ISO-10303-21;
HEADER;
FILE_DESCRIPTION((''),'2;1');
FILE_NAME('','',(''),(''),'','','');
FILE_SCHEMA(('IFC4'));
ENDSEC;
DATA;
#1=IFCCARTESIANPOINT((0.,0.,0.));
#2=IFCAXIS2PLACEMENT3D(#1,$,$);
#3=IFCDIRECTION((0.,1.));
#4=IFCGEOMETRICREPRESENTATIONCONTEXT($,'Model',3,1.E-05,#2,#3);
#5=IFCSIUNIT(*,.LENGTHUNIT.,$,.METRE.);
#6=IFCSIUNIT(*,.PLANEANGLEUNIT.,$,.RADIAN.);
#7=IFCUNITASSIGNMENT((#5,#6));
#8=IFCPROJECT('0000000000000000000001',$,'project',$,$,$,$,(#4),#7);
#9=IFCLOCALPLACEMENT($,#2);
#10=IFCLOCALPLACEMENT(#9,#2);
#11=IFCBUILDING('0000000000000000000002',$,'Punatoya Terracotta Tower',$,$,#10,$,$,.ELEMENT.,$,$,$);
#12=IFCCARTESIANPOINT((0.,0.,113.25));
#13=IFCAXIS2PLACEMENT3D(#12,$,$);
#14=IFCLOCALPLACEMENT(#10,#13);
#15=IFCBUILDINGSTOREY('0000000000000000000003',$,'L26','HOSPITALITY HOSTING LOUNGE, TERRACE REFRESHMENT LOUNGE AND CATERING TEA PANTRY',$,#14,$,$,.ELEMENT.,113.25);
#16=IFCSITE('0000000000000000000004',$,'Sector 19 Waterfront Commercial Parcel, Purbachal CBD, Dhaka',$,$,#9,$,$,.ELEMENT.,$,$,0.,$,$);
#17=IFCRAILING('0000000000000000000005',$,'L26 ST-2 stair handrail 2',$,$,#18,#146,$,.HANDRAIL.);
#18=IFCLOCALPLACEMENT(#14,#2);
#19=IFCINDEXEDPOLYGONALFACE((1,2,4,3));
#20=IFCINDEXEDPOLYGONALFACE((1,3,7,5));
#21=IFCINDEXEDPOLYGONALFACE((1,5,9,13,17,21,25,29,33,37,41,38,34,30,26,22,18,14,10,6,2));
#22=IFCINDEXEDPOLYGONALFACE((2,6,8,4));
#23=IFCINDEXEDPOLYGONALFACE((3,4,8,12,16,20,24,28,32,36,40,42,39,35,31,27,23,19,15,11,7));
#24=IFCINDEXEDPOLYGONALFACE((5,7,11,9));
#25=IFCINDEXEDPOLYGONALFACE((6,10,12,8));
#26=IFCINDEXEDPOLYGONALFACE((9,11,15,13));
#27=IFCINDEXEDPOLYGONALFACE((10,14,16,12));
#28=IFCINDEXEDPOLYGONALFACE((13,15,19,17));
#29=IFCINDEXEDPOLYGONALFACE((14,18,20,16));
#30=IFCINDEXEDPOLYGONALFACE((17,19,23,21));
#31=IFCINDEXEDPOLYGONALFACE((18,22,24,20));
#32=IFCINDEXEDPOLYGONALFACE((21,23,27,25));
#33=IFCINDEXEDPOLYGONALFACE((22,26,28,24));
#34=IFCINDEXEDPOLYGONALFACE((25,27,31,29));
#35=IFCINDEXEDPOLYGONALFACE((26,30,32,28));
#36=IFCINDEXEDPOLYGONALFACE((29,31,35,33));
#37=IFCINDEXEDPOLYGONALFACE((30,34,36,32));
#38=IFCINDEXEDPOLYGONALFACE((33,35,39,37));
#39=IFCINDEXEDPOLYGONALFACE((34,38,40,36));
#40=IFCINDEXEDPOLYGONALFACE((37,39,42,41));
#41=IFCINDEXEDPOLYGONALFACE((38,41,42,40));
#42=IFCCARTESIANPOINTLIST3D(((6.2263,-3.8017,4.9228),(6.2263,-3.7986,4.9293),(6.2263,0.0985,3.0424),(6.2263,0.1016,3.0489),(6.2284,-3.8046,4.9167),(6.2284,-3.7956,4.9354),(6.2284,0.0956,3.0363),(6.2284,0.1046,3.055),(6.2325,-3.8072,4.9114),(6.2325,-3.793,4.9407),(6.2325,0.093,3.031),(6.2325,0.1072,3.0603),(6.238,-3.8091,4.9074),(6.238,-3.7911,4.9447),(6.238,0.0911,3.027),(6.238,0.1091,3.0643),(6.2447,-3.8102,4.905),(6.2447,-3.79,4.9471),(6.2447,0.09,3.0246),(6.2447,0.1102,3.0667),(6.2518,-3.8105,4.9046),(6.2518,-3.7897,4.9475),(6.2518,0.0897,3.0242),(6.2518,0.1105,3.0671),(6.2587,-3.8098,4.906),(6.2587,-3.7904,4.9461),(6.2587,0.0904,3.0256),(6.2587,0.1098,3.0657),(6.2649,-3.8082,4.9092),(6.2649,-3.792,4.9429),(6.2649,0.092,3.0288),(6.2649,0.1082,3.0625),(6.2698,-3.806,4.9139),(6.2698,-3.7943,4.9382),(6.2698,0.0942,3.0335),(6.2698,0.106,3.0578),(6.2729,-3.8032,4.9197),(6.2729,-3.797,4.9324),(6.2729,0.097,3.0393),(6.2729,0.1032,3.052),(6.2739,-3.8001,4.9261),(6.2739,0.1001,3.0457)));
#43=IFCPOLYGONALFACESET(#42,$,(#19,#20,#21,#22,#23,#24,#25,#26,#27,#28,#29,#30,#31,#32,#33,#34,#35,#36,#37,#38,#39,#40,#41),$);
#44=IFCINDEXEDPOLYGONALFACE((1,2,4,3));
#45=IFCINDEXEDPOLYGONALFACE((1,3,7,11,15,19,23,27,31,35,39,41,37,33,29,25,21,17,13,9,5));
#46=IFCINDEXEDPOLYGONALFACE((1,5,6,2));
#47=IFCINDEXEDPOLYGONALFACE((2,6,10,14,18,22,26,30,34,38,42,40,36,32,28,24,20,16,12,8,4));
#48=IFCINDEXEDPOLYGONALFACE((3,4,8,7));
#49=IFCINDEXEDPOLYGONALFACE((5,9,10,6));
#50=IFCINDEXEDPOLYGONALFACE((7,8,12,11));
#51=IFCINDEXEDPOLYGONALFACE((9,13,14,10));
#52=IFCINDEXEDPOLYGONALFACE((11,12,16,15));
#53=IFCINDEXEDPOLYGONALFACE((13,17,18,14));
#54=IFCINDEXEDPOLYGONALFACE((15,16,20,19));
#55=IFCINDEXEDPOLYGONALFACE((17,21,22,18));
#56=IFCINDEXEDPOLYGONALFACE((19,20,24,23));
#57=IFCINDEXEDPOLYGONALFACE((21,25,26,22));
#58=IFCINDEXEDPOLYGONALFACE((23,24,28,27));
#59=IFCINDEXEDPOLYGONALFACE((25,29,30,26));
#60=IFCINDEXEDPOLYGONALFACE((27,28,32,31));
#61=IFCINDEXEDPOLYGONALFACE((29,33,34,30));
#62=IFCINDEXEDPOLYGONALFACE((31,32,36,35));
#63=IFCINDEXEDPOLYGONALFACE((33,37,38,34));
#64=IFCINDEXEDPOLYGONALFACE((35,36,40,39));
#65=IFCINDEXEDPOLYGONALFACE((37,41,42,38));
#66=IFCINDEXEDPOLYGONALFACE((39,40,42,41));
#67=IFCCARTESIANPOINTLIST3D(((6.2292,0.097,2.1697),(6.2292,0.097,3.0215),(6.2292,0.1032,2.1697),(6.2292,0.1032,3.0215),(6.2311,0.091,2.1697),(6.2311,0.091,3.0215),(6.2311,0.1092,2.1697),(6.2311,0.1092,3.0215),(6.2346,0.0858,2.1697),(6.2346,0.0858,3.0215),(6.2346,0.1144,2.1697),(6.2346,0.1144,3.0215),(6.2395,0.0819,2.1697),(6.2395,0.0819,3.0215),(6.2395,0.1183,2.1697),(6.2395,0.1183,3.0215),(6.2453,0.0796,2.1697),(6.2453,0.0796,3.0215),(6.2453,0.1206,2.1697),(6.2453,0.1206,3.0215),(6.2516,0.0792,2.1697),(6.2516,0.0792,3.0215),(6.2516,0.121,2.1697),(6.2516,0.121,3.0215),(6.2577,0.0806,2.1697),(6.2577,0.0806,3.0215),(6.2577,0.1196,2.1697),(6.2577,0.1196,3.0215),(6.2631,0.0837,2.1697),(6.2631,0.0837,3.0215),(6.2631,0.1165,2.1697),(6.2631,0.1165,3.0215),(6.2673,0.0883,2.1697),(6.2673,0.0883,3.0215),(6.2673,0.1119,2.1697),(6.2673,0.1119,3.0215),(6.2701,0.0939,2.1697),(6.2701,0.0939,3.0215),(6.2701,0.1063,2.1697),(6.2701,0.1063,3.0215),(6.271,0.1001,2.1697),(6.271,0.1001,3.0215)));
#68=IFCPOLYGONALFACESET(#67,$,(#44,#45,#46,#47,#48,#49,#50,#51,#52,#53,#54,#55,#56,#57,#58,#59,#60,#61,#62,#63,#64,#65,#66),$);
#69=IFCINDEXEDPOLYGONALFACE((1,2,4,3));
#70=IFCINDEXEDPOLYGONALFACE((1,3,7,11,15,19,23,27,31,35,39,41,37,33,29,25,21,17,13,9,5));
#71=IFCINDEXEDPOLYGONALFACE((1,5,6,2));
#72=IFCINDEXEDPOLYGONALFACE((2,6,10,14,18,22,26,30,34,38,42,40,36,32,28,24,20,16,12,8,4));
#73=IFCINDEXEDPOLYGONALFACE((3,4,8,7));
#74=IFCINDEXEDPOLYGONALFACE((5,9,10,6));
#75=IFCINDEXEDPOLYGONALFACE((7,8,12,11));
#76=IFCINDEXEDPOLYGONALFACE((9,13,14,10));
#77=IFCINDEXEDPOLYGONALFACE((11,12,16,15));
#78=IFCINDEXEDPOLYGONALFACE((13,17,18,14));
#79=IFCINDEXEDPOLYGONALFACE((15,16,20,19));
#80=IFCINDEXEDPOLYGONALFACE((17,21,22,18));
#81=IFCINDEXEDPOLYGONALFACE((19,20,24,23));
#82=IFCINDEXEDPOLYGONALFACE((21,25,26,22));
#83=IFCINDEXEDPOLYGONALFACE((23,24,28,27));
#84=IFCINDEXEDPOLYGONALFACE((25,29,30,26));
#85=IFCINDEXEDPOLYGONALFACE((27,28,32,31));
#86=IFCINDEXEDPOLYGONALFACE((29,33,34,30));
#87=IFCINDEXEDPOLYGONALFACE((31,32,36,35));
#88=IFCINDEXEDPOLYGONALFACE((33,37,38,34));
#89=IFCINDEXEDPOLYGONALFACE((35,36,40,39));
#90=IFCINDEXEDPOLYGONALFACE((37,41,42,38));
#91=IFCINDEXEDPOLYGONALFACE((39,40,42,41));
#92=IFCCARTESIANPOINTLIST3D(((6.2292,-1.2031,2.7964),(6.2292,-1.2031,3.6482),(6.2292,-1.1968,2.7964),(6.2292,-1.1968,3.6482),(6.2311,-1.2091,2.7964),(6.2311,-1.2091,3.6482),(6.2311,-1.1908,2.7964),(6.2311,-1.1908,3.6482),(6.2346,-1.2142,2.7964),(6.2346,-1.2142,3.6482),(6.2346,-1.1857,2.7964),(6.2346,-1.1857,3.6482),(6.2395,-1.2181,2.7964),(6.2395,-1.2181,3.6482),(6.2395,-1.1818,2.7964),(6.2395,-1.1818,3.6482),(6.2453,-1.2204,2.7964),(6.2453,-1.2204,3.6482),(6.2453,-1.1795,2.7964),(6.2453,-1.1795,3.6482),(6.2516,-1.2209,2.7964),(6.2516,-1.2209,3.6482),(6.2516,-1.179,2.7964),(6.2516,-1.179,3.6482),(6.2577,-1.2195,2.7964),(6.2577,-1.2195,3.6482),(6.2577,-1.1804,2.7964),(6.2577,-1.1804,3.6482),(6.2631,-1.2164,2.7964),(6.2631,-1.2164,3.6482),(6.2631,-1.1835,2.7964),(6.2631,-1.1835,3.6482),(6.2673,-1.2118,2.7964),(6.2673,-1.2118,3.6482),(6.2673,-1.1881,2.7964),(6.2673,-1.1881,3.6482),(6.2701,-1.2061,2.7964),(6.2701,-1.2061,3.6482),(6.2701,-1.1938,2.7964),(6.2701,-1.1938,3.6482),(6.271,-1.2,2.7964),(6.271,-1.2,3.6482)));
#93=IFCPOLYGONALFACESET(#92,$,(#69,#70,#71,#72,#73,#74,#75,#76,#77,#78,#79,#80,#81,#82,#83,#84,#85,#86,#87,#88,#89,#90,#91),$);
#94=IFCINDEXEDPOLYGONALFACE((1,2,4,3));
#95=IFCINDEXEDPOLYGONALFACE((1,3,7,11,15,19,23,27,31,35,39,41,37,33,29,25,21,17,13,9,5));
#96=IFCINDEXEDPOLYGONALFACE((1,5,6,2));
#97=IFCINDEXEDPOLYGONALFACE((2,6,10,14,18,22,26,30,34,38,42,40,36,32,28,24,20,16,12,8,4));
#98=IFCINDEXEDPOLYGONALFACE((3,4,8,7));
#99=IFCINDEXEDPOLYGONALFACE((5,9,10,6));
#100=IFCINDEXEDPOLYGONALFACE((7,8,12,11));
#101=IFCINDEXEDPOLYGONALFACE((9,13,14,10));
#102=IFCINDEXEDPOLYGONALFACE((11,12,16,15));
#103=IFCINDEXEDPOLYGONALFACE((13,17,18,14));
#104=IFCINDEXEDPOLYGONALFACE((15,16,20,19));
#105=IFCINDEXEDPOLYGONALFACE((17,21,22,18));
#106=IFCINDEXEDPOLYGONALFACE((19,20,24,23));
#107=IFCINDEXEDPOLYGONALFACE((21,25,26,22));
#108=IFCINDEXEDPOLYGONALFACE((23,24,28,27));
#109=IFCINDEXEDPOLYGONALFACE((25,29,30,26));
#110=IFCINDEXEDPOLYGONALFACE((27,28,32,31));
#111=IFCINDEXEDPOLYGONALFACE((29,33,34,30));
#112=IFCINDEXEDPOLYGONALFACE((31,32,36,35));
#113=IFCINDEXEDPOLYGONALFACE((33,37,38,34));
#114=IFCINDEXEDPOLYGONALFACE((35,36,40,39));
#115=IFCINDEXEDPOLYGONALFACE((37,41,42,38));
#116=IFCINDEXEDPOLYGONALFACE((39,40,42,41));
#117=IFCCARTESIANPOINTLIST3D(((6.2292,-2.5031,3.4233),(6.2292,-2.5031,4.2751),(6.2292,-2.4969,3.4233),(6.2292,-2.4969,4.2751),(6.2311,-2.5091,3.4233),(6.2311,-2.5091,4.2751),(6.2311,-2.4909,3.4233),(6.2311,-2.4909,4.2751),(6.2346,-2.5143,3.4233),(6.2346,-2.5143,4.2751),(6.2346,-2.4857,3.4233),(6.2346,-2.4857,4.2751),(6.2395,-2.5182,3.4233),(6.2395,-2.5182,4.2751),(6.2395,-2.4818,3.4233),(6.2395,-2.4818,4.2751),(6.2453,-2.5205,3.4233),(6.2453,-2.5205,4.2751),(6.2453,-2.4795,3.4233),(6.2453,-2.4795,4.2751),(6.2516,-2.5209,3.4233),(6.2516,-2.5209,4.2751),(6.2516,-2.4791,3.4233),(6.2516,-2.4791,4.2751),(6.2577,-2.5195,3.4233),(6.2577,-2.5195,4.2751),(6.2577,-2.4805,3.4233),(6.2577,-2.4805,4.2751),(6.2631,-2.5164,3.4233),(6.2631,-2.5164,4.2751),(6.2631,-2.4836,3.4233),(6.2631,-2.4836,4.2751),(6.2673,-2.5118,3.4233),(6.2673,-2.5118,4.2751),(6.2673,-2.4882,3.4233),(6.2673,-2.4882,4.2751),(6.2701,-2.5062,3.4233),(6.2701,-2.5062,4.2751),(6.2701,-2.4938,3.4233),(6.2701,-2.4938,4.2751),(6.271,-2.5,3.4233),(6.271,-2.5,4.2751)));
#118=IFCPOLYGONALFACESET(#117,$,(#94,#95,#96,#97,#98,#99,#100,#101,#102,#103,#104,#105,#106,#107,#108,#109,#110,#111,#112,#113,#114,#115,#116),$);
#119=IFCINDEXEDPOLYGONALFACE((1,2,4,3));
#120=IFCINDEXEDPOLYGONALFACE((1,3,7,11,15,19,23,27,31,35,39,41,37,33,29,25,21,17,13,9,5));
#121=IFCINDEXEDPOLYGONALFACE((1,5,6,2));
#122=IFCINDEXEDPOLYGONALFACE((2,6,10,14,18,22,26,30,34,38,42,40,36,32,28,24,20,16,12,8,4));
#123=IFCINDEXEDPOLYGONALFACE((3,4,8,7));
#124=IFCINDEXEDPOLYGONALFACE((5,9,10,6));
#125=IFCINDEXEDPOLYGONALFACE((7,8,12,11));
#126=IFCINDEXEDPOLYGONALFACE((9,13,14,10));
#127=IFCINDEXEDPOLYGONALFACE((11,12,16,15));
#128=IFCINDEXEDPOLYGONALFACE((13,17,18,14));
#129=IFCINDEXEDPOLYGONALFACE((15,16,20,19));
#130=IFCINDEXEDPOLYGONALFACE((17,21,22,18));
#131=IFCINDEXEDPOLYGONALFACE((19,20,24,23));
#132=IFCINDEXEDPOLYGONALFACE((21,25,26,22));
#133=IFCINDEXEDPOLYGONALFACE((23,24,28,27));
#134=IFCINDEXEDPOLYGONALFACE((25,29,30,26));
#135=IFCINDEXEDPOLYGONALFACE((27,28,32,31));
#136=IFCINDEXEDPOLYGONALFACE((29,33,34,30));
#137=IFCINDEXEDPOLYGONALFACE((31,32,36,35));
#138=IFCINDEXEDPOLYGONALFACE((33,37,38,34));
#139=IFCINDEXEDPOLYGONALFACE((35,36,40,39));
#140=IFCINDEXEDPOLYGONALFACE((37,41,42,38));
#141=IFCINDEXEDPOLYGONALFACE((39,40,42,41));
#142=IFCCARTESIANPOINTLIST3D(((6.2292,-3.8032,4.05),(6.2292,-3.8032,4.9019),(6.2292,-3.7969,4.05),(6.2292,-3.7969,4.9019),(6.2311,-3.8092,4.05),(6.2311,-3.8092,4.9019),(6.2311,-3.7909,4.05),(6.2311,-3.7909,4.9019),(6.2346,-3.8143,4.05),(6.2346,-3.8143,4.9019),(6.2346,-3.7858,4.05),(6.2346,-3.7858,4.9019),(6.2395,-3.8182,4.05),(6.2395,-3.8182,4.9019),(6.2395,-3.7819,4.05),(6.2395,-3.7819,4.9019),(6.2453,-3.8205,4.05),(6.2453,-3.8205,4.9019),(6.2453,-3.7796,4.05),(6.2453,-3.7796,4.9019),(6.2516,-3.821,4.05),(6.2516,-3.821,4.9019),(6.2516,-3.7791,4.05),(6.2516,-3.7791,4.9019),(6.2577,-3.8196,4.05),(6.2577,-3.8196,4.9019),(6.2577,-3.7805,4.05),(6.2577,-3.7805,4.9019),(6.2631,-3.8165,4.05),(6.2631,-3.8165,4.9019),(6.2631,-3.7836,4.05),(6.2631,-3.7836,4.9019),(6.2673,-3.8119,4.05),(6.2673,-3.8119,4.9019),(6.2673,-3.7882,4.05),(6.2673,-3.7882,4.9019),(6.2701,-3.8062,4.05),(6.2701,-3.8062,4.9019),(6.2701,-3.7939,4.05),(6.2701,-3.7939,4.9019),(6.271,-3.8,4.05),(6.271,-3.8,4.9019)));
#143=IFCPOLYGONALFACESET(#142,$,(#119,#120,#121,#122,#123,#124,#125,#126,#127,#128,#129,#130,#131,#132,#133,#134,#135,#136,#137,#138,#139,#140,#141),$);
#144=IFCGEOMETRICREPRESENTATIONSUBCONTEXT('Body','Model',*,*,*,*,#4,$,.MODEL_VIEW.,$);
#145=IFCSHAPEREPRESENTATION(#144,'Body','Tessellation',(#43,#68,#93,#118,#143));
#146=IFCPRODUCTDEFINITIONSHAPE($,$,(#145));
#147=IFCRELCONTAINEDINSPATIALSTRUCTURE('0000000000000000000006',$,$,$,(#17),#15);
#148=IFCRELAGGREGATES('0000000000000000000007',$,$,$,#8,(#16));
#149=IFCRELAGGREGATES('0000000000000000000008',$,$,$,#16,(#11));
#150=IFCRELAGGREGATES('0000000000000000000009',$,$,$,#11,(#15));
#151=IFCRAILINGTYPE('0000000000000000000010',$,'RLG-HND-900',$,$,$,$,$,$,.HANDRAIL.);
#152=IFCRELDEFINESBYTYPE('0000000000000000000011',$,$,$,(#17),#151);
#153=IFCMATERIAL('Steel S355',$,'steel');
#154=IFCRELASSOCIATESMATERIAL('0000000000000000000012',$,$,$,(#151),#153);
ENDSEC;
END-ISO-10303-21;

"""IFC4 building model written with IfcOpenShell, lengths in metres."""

from ifc_helpers import new_model, si_unit, direction, frame, origin, origin_2d, place, context, subcontext, project, spatial, circle, extrude, material, type_object, element, save


model = new_model("IFC4")

# Units and contexts
model_context = context("Model", 3, precision=1e-05, world=origin(), true_north=direction((0.0, 1.0)))
body_context = subcontext(model_context, "Body", "Model", "MODEL_VIEW")
ifc_project = project(units=[si_unit("LENGTHUNIT", "METRE"), si_unit("PLANEANGLEUNIT", "RADIAN")], contexts=[model_context])

# Site, building, storey
site_placement = place(None, origin())
site = spatial("IfcSite", under=ifc_project, at=site_placement, Name="Sector 19 Waterfront Commercial Parcel, Purbachal CBD, Dhaka", CompositionType="ELEMENT", RefElevation=0.0)
building_placement = place(site_placement, origin())
building = spatial("IfcBuilding", under=site, at=building_placement, Name="Punatoya Terracotta Tower", CompositionType="ELEMENT")
storey_placement = place(building_placement, frame((0.0, 0.0, 113.25)))
storey = spatial("IfcBuildingStorey", under=building, at=storey_placement, Name="L26", Description="HOSPITALITY HOSTING LOUNGE, TERRACE REFRESHMENT LOUNGE AND CATERING TEA PANTRY", CompositionType="ELEMENT", Elevation=113.25)

# Shared definitions
ifc_material_1 = material(Name="Steel S355", Category="steel")

# Railing
railing_type_1 = type_object("IfcRailingType", Name="RLG-HND-900", PredefinedType="HANDRAIL", material=ifc_material_1)
railing_1_placement = place(storey_placement, frame((6.25, 0.1001, 2.1697)))
element("IfcRailing", 1, at=railing_1_placement, inside=storey, type_object=railing_type_1, Name="L26 ST-2 stair handrail 2", PredefinedType="HANDRAIL", context=body_context, shape_type="SweptSolid", body=[
    extrude(circle(Radius=0.0239, at=origin_2d()), frame((0.0, 0.0, 0.876), z_axis=(0.0, -0.900774, 0.434289), x_axis=(1.0, 0.0, 0.0)), (0.0, 0.0, 1.0), 4.3298),
    extrude(circle(Radius=0.021, at=origin_2d()), origin(), (0.0, 0.0, 1.0), 0.8518),
    extrude(circle(Radius=0.021, at=origin_2d()), frame((0.0, -1.3, 0.6267)), (0.0, 0.0, 1.0), 0.8518),
    extrude(circle(Radius=0.021, at=origin_2d()), frame((0.0, -2.6001, 1.2537)), (0.0, 0.0, 1.0), 0.8518),
    extrude(circle(Radius=0.021, at=origin_2d()), frame((0.0, -3.9001, 1.8804)), (0.0, 0.0, 1.0), 0.8518),
])

save(model, "model.ifc")
